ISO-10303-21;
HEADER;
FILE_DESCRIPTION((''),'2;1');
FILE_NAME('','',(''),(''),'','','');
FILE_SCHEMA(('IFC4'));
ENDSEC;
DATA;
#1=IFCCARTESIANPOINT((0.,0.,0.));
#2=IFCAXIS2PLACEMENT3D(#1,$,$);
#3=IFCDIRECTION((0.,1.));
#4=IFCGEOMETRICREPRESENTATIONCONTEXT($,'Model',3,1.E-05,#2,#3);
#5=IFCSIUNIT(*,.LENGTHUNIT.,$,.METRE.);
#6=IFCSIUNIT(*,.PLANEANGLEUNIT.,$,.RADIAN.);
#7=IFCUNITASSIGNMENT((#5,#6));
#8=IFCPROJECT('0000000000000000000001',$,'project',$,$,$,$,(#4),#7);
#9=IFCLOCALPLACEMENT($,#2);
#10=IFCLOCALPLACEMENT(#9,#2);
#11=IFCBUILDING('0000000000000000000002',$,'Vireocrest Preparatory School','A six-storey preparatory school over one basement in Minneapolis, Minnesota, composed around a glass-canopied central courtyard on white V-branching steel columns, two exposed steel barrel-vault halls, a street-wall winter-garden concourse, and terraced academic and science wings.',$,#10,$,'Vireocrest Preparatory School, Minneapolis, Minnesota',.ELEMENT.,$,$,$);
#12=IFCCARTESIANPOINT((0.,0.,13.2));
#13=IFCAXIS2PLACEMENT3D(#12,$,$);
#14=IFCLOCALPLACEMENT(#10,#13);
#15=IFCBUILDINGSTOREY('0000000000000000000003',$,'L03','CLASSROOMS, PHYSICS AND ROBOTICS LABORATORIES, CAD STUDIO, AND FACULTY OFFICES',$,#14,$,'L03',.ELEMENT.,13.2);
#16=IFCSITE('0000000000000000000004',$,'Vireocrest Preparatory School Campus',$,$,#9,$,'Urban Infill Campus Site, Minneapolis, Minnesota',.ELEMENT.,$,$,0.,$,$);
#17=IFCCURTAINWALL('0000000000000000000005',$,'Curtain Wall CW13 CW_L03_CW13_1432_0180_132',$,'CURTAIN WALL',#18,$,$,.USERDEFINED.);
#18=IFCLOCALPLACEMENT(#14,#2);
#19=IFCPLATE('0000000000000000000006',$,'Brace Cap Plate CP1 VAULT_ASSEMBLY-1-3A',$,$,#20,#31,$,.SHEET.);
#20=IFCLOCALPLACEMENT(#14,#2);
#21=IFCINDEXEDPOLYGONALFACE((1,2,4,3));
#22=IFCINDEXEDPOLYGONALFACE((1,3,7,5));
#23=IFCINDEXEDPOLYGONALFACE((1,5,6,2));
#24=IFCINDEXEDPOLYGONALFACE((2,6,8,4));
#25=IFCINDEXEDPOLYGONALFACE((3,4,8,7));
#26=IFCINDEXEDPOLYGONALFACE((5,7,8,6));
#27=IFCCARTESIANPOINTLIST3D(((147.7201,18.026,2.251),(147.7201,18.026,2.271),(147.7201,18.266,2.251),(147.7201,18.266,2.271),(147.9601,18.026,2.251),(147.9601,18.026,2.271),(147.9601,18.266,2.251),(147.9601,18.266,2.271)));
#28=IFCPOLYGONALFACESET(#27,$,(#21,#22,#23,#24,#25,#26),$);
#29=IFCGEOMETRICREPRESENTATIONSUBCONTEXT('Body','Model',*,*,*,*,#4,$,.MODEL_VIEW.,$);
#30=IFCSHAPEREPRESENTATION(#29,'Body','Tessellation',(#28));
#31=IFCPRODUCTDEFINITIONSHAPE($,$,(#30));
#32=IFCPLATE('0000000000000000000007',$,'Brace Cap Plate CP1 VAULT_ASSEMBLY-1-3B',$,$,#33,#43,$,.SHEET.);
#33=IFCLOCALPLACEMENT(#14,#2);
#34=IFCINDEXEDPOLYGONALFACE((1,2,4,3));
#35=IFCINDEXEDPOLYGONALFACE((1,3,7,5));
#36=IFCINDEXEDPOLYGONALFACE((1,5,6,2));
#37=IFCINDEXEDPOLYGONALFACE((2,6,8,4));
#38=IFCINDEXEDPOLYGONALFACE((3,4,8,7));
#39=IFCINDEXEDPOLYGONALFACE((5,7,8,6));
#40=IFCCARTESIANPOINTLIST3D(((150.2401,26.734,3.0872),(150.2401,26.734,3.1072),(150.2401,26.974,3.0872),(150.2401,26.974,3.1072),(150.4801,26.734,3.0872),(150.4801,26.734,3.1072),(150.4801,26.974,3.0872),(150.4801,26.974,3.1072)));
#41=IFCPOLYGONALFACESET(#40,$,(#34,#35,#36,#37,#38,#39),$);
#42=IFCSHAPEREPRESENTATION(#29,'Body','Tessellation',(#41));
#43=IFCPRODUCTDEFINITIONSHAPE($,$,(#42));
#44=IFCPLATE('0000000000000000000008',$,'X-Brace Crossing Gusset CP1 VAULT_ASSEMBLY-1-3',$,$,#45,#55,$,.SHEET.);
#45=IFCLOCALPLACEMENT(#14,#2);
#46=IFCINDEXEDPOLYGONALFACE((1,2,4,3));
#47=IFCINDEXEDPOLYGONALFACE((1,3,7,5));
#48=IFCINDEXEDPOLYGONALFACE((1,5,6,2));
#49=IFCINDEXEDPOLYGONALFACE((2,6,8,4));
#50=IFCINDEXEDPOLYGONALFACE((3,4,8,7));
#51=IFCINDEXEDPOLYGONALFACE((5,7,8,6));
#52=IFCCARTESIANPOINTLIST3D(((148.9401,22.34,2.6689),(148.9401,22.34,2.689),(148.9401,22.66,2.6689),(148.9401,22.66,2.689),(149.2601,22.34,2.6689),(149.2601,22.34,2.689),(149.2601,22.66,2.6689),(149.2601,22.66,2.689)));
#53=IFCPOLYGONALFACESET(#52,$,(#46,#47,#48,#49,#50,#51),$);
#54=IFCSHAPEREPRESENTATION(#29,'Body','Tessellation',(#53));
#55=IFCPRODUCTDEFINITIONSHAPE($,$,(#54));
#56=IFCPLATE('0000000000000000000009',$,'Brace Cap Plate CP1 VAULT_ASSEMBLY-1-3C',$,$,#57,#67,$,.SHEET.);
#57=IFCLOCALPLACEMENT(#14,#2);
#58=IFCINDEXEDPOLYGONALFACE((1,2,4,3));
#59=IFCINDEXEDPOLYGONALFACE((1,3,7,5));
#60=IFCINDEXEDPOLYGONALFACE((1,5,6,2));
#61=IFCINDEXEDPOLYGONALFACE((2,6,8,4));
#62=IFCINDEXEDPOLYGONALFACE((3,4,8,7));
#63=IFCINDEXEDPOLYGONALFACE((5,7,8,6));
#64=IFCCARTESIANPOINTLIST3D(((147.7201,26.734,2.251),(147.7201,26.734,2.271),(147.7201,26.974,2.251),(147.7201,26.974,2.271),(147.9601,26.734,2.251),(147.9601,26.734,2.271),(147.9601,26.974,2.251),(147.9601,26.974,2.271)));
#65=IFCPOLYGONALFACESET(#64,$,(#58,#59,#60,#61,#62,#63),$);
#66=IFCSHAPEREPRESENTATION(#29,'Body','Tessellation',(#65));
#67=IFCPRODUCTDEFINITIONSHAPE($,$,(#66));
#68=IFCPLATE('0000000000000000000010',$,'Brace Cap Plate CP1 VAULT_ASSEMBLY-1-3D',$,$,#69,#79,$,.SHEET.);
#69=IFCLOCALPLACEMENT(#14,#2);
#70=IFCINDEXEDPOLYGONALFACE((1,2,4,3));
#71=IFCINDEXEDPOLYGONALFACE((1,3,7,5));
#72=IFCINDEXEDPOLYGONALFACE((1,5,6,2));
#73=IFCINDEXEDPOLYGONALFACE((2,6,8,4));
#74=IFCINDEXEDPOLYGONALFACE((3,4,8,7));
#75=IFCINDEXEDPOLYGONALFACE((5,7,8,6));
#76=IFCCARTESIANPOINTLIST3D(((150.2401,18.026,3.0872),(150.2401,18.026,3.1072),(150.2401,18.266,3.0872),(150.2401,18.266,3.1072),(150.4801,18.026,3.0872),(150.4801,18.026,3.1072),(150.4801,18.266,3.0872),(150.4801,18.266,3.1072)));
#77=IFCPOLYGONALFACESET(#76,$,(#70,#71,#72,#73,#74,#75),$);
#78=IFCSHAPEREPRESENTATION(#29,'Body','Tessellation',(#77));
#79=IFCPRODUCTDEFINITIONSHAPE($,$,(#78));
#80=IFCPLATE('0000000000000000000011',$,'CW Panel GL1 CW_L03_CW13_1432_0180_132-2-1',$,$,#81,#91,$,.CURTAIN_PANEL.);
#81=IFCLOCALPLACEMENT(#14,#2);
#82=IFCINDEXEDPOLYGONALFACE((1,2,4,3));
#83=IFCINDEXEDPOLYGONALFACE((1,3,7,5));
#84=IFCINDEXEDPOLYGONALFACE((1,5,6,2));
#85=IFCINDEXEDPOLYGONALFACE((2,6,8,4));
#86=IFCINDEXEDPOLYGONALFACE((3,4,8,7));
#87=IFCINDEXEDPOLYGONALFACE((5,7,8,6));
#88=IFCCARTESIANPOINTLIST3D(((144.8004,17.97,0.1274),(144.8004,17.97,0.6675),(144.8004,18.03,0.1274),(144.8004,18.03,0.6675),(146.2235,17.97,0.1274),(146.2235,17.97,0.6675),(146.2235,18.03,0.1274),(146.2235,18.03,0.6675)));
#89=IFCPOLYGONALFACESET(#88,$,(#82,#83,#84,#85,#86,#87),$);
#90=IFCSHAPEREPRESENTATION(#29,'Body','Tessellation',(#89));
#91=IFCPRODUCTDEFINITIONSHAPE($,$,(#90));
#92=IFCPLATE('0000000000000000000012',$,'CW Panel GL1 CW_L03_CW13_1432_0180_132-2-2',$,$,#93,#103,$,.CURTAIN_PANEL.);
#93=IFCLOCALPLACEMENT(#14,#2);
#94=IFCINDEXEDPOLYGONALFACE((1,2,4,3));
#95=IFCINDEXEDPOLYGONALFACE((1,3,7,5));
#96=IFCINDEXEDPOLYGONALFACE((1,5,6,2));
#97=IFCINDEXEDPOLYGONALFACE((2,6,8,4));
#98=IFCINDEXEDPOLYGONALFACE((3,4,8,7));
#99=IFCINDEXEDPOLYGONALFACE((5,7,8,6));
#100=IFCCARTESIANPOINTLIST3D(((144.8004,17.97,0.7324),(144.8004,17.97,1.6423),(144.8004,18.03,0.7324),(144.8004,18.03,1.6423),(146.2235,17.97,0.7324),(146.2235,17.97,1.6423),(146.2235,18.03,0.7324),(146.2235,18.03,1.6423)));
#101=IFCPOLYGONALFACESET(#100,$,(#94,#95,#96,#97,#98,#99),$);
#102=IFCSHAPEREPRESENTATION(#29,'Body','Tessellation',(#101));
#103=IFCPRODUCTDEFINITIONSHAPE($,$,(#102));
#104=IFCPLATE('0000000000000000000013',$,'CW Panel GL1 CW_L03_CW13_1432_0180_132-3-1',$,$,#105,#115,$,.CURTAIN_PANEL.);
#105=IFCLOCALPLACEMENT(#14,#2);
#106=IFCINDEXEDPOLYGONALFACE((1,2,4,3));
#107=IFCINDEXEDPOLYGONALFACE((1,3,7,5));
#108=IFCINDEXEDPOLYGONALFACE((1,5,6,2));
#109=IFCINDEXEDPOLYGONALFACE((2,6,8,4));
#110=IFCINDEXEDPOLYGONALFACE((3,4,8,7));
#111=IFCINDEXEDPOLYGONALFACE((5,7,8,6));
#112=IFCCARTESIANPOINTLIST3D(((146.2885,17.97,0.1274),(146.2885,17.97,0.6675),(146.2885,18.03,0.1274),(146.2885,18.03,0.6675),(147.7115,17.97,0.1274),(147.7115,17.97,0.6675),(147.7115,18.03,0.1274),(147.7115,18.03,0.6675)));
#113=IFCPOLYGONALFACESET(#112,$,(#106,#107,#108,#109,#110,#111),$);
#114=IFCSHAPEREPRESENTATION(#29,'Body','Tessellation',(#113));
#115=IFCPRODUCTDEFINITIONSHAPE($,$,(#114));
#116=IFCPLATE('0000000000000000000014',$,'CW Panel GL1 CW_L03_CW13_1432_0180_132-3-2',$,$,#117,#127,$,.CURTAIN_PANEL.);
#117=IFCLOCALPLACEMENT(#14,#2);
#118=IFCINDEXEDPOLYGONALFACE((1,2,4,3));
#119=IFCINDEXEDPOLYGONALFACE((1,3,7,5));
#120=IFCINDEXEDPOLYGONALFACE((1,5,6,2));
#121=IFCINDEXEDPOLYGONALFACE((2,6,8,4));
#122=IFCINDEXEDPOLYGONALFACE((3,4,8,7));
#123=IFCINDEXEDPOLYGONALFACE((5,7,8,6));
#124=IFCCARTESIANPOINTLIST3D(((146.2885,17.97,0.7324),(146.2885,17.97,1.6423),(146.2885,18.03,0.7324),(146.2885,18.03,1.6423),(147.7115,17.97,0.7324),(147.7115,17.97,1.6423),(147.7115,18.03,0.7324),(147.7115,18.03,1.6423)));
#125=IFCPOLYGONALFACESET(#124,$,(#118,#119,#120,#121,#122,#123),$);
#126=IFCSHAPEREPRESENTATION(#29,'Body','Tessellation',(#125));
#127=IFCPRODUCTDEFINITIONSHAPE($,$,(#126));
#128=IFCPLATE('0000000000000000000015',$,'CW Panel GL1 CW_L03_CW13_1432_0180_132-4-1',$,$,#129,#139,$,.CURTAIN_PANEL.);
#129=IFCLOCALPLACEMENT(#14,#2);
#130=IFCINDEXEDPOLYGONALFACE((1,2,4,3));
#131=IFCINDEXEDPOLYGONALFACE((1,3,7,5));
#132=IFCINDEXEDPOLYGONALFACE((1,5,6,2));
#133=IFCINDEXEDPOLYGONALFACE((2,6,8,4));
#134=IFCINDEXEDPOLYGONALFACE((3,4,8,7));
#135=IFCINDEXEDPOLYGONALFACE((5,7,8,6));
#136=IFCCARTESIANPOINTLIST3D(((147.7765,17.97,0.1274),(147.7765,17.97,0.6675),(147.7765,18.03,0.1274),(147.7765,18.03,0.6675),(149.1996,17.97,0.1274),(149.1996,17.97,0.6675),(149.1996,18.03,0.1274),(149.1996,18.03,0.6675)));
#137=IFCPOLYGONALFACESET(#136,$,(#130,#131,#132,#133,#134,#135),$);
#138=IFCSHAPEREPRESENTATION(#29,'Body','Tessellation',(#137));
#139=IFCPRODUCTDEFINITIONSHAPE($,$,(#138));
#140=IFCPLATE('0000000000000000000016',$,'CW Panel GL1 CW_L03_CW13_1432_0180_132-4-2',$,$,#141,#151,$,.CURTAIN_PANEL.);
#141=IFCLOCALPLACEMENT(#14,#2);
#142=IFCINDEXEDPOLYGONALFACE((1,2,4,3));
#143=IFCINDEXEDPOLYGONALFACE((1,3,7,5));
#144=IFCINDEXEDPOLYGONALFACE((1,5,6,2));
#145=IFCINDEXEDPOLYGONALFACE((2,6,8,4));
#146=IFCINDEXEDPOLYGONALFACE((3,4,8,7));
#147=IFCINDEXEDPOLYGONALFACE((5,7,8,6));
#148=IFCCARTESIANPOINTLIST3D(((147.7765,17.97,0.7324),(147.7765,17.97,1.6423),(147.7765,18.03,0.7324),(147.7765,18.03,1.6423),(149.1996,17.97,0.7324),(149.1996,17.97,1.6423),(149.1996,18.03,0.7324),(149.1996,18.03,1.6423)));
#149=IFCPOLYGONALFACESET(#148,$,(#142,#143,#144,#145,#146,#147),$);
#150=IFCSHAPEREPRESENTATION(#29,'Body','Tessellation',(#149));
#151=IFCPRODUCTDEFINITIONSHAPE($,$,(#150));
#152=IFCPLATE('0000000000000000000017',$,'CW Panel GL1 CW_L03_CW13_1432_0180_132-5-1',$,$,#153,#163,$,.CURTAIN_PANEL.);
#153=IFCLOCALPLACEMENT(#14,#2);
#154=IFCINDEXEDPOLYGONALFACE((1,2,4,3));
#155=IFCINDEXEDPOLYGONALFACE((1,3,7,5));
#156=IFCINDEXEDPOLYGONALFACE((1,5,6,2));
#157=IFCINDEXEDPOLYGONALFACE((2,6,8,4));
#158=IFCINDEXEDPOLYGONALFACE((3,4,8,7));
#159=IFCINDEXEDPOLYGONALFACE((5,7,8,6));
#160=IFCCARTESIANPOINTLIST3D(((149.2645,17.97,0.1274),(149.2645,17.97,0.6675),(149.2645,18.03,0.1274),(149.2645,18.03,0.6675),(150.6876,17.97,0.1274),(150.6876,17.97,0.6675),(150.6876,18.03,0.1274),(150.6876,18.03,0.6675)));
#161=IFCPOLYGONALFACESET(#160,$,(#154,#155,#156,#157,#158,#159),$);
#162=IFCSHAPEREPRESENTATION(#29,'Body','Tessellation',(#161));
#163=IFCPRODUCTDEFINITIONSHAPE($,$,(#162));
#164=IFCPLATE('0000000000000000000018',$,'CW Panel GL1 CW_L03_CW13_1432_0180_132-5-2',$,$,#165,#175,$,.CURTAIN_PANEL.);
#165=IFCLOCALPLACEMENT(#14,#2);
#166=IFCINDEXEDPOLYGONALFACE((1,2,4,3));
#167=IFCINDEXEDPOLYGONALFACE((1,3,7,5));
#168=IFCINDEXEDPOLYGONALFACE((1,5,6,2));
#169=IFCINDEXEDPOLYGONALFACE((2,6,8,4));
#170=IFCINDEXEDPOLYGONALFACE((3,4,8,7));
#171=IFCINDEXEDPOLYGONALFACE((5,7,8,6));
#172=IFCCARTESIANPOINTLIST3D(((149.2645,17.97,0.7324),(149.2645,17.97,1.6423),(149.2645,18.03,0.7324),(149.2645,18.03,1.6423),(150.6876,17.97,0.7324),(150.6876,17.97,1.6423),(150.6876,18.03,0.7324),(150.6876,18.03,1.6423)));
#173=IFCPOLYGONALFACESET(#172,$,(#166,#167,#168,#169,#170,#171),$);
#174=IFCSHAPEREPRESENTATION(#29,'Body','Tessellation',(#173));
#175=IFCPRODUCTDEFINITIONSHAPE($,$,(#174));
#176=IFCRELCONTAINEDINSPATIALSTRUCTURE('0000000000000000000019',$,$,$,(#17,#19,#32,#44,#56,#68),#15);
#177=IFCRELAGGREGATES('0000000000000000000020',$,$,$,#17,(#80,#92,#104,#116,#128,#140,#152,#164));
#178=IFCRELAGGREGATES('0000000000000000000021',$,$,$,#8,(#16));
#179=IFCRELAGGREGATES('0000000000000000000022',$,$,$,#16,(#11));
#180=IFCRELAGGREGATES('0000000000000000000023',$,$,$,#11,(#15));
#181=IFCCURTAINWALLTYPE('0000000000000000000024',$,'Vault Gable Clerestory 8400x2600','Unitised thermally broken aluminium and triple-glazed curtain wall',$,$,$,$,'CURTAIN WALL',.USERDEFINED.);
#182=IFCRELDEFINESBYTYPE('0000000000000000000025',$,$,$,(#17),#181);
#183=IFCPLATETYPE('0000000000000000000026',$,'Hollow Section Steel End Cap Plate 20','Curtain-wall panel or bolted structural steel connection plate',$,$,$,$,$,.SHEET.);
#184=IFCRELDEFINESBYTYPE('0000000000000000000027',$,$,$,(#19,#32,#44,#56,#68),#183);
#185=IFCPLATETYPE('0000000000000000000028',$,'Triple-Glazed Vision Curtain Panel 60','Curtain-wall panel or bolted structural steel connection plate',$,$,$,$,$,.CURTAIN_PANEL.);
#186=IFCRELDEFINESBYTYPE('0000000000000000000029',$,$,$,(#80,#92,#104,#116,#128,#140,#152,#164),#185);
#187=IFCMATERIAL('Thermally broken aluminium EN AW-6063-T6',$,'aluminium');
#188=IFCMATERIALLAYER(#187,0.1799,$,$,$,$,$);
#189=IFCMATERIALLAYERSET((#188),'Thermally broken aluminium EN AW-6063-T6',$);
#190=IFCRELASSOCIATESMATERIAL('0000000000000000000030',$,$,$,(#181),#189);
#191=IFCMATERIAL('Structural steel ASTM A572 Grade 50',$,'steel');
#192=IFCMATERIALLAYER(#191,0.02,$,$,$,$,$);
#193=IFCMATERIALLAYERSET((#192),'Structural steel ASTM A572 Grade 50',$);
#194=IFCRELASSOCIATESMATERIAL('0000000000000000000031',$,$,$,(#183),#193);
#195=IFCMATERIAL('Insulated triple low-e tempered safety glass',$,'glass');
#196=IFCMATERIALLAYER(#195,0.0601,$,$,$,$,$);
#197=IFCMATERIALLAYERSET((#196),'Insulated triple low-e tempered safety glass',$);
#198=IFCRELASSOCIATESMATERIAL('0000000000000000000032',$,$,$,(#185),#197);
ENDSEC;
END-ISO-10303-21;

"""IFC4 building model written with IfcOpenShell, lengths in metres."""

from ifc_helpers import new_model, si_unit, direction, frame, origin, origin_2d, place, context, subcontext, project, spatial, rectangle, extrude, material, layer, layer_set, type_object, element, aggregate, save


model = new_model("IFC4")

# Units and contexts
model_context = context("Model", 3, precision=1e-05, world=origin(), true_north=direction((0.0, 1.0)))
body_context = subcontext(model_context, "Body", "Model", "MODEL_VIEW")
ifc_project = project(units=[si_unit("LENGTHUNIT", "METRE"), si_unit("PLANEANGLEUNIT", "RADIAN")], contexts=[model_context])

# Site, building, storey
site_placement = place(None, origin())
site = spatial("IfcSite", under=ifc_project, at=site_placement, Name="Vireocrest Preparatory School Campus", LongName="Urban Infill Campus Site, Minneapolis, Minnesota", CompositionType="ELEMENT", RefElevation=0.0)
building_placement = place(site_placement, origin())
building = spatial("IfcBuilding", under=site, at=building_placement, Name="Vireocrest Preparatory School", Description="A six-storey preparatory school over one basement in Minneapolis, Minnesota, composed around a glass-canopied central courtyard on white V-branching steel columns, two exposed steel barrel-vault halls, a street-wall winter-garden concourse, and terraced academic and science wings.", LongName="Vireocrest Preparatory School, Minneapolis, Minnesota", CompositionType="ELEMENT")
storey_placement = place(building_placement, frame((0.0, 0.0, 13.2)))
storey = spatial("IfcBuildingStorey", under=building, at=storey_placement, Name="L03", Description="CLASSROOMS, PHYSICS AND ROBOTICS LABORATORIES, CAD STUDIO, AND FACULTY OFFICES", LongName="L03", CompositionType="ELEMENT", Elevation=13.2)

# Curtain wall
ifc_material_1 = material(Name="Thermally broken aluminium EN AW-6063-T6", Category="aluminium")
ifc_layer_1 = layer(ifc_material_1, 0.1799)
ifc_layer_set_1 = layer_set([ifc_layer_1], Name="Thermally broken aluminium EN AW-6063-T6")
curtain_wall_type = type_object("IfcCurtainWallType", Name="Vault Gable Clerestory 8400x2600", Description="Unitised thermally broken aluminium and triple-glazed curtain wall", ElementType="CURTAIN WALL", PredefinedType="USERDEFINED", material=ifc_layer_set_1)
curtain_wall_placement = place(storey_placement, origin())
curtain_wall = element("IfcCurtainWall", 1, at=curtain_wall_placement, inside=storey, type_object=curtain_wall_type, Name="Curtain Wall CW13 CW_L03_CW13_1432_0180_132", ObjectType="CURTAIN WALL", PredefinedType="USERDEFINED")

# Shared definitions
ifc_material_2 = material(Name="Structural steel ASTM A572 Grade 50", Category="steel")

# Plates
ifc_layer_2 = layer(ifc_material_2, 0.02)
ifc_layer_set_2 = layer_set([ifc_layer_2], Name="Structural steel ASTM A572 Grade 50")
plate_type_1 = type_object("IfcPlateType", Name="Hollow Section Steel End Cap Plate 20", Description="Curtain-wall panel or bolted structural steel connection plate", PredefinedType="SHEET", material=ifc_layer_set_2)
for number, where, z_axis, x_axis, name in (
    (2, (147.8401, 18.146, 2.251), (0.0, 0.0, 1.0), (1.0, 0.0, 0.0), "Brace Cap Plate CP1 VAULT_ASSEMBLY-1-3A"),
    (3, (150.3601, 26.854, 3.0872), (0.0, 0.0, 1.0), (1.0, 0.0, 0.0), "Brace Cap Plate CP1 VAULT_ASSEMBLY-1-3B"),
):
    element("IfcPlate", number, at=place(storey_placement, frame(where, z_axis=z_axis, x_axis=x_axis)), inside=storey, type_object=plate_type_1, Name=name, PredefinedType="SHEET", context=body_context, shape_type="SweptSolid", body=[
        extrude(rectangle(XDim=0.24, YDim=0.24, at=origin_2d()), origin(), (0.0, 0.0, 1.0), 0.02),
    ])
plate_1_placement = place(storey_placement, frame((149.1001, 22.5, 2.6689), z_axis=(0.0, 0.0, 1.0), x_axis=(1.0, 0.0, 0.0)))
element("IfcPlate", 4, at=plate_1_placement, inside=storey, type_object=plate_type_1, Name="X-Brace Crossing Gusset CP1 VAULT_ASSEMBLY-1-3", PredefinedType="SHEET", context=body_context, shape_type="SweptSolid", body=[
    extrude(rectangle(XDim=0.3201, YDim=0.3201, at=origin_2d()), origin(), (0.0, 0.0, 1.0), 0.02),
])
for number, where, z_axis, x_axis, name in (
    (5, (147.8401, 26.854, 2.251), (0.0, 0.0, 1.0), (1.0, 0.0, 0.0), "Brace Cap Plate CP1 VAULT_ASSEMBLY-1-3C"),
    (6, (150.3601, 18.146, 3.0872), (0.0, 0.0, 1.0), (1.0, 0.0, 0.0), "Brace Cap Plate CP1 VAULT_ASSEMBLY-1-3D"),
):
    element("IfcPlate", number, at=place(storey_placement, frame(where, z_axis=z_axis, x_axis=x_axis)), inside=storey, type_object=plate_type_1, Name=name, PredefinedType="SHEET", context=body_context, shape_type="SweptSolid", body=[
        extrude(rectangle(XDim=0.24, YDim=0.24, at=origin_2d()), origin(), (0.0, 0.0, 1.0), 0.02),
    ])

# Plates
ifc_material_3 = material(Name="Insulated triple low-e tempered safety glass", Category="glass")
ifc_layer_3 = layer(ifc_material_3, 0.0601)
ifc_layer_set_3 = layer_set([ifc_layer_3], Name="Insulated triple low-e tempered safety glass")
plate_type_2 = type_object("IfcPlateType", Name="Triple-Glazed Vision Curtain Panel 60", Description="Curtain-wall panel or bolted structural steel connection plate", PredefinedType="CURTAIN_PANEL", material=ifc_layer_set_3)
plate_2_placement = place(storey_placement, frame((145.512, 18.0, 0.1274), z_axis=(0.0, 0.0, 1.0), x_axis=(1.0, 0.0, 0.0)))
plate_2 = element("IfcPlate", 7, at=plate_2_placement, type_object=plate_type_2, Name="CW Panel GL1 CW_L03_CW13_1432_0180_132-2-1", PredefinedType="CURTAIN_PANEL", context=body_context, shape_type="SweptSolid", body=[
    extrude(rectangle(XDim=1.4231, YDim=0.0601, at=origin_2d()), origin(), (0.0, 0.0, 1.0), 0.54),
])
plate_3_placement = place(storey_placement, frame((145.512, 18.0, 0.7324), z_axis=(0.0, 0.0, 1.0), x_axis=(1.0, 0.0, 0.0)))
plate_3 = element("IfcPlate", 8, at=plate_3_placement, type_object=plate_type_2, Name="CW Panel GL1 CW_L03_CW13_1432_0180_132-2-2", PredefinedType="CURTAIN_PANEL", context=body_context, shape_type="SweptSolid", body=[
    extrude(rectangle(XDim=1.4231, YDim=0.0601, at=origin_2d()), origin(), (0.0, 0.0, 1.0), 0.9099),
])
plate_4_placement = place(storey_placement, frame((147.0, 18.0, 0.1274), z_axis=(0.0, 0.0, 1.0), x_axis=(1.0, 0.0, 0.0)))
plate_4 = element("IfcPlate", 9, at=plate_4_placement, type_object=plate_type_2, Name="CW Panel GL1 CW_L03_CW13_1432_0180_132-3-1", PredefinedType="CURTAIN_PANEL", context=body_context, shape_type="SweptSolid", body=[
    extrude(rectangle(XDim=1.4231, YDim=0.0601, at=origin_2d()), origin(), (0.0, 0.0, 1.0), 0.54),
])
plate_5_placement = place(storey_placement, frame((147.0, 18.0, 0.7324), z_axis=(0.0, 0.0, 1.0), x_axis=(1.0, 0.0, 0.0)))
plate_5 = element("IfcPlate", 10, at=plate_5_placement, type_object=plate_type_2, Name="CW Panel GL1 CW_L03_CW13_1432_0180_132-3-2", PredefinedType="CURTAIN_PANEL", context=body_context, shape_type="SweptSolid", body=[
    extrude(rectangle(XDim=1.4231, YDim=0.0601, at=origin_2d()), origin(), (0.0, 0.0, 1.0), 0.9099),
])
plate_6_placement = place(storey_placement, frame((148.488, 18.0, 0.1274), z_axis=(0.0, 0.0, 1.0), x_axis=(1.0, 0.0, 0.0)))
plate_6 = element("IfcPlate", 11, at=plate_6_placement, type_object=plate_type_2, Name="CW Panel GL1 CW_L03_CW13_1432_0180_132-4-1", PredefinedType="CURTAIN_PANEL", context=body_context, shape_type="SweptSolid", body=[
    extrude(rectangle(XDim=1.4231, YDim=0.0601, at=origin_2d()), origin(), (0.0, 0.0, 1.0), 0.54),
])
plate_7_placement = place(storey_placement, frame((148.488, 18.0, 0.7324), z_axis=(0.0, 0.0, 1.0), x_axis=(1.0, 0.0, 0.0)))
plate_7 = element("IfcPlate", 12, at=plate_7_placement, type_object=plate_type_2, Name="CW Panel GL1 CW_L03_CW13_1432_0180_132-4-2", PredefinedType="CURTAIN_PANEL", context=body_context, shape_type="SweptSolid", body=[
    extrude(rectangle(XDim=1.4231, YDim=0.0601, at=origin_2d()), origin(), (0.0, 0.0, 1.0), 0.9099),
])
plate_8_placement = place(storey_placement, frame((149.9761, 18.0, 0.1274), z_axis=(0.0, 0.0, 1.0), x_axis=(1.0, 0.0, 0.0)))
plate_8 = element("IfcPlate", 13, at=plate_8_placement, type_object=plate_type_2, Name="CW Panel GL1 CW_L03_CW13_1432_0180_132-5-1", PredefinedType="CURTAIN_PANEL", context=body_context, shape_type="SweptSolid", body=[
    extrude(rectangle(XDim=1.4231, YDim=0.0601, at=origin_2d()), origin(), (0.0, 0.0, 1.0), 0.54),
])
plate_9_placement = place(storey_placement, frame((149.9761, 18.0, 0.7324), z_axis=(0.0, 0.0, 1.0), x_axis=(1.0, 0.0, 0.0)))
plate_9 = element("IfcPlate", 14, at=plate_9_placement, type_object=plate_type_2, Name="CW Panel GL1 CW_L03_CW13_1432_0180_132-5-2", PredefinedType="CURTAIN_PANEL", context=body_context, shape_type="SweptSolid", body=[
    extrude(rectangle(XDim=1.4231, YDim=0.0601, at=origin_2d()), origin(), (0.0, 0.0, 1.0), 0.9099),
])
aggregate(curtain_wall, [plate_2, plate_3, plate_4, plate_5, plate_6, plate_7, plate_8, plate_9])

save(model, "model.ifc")
